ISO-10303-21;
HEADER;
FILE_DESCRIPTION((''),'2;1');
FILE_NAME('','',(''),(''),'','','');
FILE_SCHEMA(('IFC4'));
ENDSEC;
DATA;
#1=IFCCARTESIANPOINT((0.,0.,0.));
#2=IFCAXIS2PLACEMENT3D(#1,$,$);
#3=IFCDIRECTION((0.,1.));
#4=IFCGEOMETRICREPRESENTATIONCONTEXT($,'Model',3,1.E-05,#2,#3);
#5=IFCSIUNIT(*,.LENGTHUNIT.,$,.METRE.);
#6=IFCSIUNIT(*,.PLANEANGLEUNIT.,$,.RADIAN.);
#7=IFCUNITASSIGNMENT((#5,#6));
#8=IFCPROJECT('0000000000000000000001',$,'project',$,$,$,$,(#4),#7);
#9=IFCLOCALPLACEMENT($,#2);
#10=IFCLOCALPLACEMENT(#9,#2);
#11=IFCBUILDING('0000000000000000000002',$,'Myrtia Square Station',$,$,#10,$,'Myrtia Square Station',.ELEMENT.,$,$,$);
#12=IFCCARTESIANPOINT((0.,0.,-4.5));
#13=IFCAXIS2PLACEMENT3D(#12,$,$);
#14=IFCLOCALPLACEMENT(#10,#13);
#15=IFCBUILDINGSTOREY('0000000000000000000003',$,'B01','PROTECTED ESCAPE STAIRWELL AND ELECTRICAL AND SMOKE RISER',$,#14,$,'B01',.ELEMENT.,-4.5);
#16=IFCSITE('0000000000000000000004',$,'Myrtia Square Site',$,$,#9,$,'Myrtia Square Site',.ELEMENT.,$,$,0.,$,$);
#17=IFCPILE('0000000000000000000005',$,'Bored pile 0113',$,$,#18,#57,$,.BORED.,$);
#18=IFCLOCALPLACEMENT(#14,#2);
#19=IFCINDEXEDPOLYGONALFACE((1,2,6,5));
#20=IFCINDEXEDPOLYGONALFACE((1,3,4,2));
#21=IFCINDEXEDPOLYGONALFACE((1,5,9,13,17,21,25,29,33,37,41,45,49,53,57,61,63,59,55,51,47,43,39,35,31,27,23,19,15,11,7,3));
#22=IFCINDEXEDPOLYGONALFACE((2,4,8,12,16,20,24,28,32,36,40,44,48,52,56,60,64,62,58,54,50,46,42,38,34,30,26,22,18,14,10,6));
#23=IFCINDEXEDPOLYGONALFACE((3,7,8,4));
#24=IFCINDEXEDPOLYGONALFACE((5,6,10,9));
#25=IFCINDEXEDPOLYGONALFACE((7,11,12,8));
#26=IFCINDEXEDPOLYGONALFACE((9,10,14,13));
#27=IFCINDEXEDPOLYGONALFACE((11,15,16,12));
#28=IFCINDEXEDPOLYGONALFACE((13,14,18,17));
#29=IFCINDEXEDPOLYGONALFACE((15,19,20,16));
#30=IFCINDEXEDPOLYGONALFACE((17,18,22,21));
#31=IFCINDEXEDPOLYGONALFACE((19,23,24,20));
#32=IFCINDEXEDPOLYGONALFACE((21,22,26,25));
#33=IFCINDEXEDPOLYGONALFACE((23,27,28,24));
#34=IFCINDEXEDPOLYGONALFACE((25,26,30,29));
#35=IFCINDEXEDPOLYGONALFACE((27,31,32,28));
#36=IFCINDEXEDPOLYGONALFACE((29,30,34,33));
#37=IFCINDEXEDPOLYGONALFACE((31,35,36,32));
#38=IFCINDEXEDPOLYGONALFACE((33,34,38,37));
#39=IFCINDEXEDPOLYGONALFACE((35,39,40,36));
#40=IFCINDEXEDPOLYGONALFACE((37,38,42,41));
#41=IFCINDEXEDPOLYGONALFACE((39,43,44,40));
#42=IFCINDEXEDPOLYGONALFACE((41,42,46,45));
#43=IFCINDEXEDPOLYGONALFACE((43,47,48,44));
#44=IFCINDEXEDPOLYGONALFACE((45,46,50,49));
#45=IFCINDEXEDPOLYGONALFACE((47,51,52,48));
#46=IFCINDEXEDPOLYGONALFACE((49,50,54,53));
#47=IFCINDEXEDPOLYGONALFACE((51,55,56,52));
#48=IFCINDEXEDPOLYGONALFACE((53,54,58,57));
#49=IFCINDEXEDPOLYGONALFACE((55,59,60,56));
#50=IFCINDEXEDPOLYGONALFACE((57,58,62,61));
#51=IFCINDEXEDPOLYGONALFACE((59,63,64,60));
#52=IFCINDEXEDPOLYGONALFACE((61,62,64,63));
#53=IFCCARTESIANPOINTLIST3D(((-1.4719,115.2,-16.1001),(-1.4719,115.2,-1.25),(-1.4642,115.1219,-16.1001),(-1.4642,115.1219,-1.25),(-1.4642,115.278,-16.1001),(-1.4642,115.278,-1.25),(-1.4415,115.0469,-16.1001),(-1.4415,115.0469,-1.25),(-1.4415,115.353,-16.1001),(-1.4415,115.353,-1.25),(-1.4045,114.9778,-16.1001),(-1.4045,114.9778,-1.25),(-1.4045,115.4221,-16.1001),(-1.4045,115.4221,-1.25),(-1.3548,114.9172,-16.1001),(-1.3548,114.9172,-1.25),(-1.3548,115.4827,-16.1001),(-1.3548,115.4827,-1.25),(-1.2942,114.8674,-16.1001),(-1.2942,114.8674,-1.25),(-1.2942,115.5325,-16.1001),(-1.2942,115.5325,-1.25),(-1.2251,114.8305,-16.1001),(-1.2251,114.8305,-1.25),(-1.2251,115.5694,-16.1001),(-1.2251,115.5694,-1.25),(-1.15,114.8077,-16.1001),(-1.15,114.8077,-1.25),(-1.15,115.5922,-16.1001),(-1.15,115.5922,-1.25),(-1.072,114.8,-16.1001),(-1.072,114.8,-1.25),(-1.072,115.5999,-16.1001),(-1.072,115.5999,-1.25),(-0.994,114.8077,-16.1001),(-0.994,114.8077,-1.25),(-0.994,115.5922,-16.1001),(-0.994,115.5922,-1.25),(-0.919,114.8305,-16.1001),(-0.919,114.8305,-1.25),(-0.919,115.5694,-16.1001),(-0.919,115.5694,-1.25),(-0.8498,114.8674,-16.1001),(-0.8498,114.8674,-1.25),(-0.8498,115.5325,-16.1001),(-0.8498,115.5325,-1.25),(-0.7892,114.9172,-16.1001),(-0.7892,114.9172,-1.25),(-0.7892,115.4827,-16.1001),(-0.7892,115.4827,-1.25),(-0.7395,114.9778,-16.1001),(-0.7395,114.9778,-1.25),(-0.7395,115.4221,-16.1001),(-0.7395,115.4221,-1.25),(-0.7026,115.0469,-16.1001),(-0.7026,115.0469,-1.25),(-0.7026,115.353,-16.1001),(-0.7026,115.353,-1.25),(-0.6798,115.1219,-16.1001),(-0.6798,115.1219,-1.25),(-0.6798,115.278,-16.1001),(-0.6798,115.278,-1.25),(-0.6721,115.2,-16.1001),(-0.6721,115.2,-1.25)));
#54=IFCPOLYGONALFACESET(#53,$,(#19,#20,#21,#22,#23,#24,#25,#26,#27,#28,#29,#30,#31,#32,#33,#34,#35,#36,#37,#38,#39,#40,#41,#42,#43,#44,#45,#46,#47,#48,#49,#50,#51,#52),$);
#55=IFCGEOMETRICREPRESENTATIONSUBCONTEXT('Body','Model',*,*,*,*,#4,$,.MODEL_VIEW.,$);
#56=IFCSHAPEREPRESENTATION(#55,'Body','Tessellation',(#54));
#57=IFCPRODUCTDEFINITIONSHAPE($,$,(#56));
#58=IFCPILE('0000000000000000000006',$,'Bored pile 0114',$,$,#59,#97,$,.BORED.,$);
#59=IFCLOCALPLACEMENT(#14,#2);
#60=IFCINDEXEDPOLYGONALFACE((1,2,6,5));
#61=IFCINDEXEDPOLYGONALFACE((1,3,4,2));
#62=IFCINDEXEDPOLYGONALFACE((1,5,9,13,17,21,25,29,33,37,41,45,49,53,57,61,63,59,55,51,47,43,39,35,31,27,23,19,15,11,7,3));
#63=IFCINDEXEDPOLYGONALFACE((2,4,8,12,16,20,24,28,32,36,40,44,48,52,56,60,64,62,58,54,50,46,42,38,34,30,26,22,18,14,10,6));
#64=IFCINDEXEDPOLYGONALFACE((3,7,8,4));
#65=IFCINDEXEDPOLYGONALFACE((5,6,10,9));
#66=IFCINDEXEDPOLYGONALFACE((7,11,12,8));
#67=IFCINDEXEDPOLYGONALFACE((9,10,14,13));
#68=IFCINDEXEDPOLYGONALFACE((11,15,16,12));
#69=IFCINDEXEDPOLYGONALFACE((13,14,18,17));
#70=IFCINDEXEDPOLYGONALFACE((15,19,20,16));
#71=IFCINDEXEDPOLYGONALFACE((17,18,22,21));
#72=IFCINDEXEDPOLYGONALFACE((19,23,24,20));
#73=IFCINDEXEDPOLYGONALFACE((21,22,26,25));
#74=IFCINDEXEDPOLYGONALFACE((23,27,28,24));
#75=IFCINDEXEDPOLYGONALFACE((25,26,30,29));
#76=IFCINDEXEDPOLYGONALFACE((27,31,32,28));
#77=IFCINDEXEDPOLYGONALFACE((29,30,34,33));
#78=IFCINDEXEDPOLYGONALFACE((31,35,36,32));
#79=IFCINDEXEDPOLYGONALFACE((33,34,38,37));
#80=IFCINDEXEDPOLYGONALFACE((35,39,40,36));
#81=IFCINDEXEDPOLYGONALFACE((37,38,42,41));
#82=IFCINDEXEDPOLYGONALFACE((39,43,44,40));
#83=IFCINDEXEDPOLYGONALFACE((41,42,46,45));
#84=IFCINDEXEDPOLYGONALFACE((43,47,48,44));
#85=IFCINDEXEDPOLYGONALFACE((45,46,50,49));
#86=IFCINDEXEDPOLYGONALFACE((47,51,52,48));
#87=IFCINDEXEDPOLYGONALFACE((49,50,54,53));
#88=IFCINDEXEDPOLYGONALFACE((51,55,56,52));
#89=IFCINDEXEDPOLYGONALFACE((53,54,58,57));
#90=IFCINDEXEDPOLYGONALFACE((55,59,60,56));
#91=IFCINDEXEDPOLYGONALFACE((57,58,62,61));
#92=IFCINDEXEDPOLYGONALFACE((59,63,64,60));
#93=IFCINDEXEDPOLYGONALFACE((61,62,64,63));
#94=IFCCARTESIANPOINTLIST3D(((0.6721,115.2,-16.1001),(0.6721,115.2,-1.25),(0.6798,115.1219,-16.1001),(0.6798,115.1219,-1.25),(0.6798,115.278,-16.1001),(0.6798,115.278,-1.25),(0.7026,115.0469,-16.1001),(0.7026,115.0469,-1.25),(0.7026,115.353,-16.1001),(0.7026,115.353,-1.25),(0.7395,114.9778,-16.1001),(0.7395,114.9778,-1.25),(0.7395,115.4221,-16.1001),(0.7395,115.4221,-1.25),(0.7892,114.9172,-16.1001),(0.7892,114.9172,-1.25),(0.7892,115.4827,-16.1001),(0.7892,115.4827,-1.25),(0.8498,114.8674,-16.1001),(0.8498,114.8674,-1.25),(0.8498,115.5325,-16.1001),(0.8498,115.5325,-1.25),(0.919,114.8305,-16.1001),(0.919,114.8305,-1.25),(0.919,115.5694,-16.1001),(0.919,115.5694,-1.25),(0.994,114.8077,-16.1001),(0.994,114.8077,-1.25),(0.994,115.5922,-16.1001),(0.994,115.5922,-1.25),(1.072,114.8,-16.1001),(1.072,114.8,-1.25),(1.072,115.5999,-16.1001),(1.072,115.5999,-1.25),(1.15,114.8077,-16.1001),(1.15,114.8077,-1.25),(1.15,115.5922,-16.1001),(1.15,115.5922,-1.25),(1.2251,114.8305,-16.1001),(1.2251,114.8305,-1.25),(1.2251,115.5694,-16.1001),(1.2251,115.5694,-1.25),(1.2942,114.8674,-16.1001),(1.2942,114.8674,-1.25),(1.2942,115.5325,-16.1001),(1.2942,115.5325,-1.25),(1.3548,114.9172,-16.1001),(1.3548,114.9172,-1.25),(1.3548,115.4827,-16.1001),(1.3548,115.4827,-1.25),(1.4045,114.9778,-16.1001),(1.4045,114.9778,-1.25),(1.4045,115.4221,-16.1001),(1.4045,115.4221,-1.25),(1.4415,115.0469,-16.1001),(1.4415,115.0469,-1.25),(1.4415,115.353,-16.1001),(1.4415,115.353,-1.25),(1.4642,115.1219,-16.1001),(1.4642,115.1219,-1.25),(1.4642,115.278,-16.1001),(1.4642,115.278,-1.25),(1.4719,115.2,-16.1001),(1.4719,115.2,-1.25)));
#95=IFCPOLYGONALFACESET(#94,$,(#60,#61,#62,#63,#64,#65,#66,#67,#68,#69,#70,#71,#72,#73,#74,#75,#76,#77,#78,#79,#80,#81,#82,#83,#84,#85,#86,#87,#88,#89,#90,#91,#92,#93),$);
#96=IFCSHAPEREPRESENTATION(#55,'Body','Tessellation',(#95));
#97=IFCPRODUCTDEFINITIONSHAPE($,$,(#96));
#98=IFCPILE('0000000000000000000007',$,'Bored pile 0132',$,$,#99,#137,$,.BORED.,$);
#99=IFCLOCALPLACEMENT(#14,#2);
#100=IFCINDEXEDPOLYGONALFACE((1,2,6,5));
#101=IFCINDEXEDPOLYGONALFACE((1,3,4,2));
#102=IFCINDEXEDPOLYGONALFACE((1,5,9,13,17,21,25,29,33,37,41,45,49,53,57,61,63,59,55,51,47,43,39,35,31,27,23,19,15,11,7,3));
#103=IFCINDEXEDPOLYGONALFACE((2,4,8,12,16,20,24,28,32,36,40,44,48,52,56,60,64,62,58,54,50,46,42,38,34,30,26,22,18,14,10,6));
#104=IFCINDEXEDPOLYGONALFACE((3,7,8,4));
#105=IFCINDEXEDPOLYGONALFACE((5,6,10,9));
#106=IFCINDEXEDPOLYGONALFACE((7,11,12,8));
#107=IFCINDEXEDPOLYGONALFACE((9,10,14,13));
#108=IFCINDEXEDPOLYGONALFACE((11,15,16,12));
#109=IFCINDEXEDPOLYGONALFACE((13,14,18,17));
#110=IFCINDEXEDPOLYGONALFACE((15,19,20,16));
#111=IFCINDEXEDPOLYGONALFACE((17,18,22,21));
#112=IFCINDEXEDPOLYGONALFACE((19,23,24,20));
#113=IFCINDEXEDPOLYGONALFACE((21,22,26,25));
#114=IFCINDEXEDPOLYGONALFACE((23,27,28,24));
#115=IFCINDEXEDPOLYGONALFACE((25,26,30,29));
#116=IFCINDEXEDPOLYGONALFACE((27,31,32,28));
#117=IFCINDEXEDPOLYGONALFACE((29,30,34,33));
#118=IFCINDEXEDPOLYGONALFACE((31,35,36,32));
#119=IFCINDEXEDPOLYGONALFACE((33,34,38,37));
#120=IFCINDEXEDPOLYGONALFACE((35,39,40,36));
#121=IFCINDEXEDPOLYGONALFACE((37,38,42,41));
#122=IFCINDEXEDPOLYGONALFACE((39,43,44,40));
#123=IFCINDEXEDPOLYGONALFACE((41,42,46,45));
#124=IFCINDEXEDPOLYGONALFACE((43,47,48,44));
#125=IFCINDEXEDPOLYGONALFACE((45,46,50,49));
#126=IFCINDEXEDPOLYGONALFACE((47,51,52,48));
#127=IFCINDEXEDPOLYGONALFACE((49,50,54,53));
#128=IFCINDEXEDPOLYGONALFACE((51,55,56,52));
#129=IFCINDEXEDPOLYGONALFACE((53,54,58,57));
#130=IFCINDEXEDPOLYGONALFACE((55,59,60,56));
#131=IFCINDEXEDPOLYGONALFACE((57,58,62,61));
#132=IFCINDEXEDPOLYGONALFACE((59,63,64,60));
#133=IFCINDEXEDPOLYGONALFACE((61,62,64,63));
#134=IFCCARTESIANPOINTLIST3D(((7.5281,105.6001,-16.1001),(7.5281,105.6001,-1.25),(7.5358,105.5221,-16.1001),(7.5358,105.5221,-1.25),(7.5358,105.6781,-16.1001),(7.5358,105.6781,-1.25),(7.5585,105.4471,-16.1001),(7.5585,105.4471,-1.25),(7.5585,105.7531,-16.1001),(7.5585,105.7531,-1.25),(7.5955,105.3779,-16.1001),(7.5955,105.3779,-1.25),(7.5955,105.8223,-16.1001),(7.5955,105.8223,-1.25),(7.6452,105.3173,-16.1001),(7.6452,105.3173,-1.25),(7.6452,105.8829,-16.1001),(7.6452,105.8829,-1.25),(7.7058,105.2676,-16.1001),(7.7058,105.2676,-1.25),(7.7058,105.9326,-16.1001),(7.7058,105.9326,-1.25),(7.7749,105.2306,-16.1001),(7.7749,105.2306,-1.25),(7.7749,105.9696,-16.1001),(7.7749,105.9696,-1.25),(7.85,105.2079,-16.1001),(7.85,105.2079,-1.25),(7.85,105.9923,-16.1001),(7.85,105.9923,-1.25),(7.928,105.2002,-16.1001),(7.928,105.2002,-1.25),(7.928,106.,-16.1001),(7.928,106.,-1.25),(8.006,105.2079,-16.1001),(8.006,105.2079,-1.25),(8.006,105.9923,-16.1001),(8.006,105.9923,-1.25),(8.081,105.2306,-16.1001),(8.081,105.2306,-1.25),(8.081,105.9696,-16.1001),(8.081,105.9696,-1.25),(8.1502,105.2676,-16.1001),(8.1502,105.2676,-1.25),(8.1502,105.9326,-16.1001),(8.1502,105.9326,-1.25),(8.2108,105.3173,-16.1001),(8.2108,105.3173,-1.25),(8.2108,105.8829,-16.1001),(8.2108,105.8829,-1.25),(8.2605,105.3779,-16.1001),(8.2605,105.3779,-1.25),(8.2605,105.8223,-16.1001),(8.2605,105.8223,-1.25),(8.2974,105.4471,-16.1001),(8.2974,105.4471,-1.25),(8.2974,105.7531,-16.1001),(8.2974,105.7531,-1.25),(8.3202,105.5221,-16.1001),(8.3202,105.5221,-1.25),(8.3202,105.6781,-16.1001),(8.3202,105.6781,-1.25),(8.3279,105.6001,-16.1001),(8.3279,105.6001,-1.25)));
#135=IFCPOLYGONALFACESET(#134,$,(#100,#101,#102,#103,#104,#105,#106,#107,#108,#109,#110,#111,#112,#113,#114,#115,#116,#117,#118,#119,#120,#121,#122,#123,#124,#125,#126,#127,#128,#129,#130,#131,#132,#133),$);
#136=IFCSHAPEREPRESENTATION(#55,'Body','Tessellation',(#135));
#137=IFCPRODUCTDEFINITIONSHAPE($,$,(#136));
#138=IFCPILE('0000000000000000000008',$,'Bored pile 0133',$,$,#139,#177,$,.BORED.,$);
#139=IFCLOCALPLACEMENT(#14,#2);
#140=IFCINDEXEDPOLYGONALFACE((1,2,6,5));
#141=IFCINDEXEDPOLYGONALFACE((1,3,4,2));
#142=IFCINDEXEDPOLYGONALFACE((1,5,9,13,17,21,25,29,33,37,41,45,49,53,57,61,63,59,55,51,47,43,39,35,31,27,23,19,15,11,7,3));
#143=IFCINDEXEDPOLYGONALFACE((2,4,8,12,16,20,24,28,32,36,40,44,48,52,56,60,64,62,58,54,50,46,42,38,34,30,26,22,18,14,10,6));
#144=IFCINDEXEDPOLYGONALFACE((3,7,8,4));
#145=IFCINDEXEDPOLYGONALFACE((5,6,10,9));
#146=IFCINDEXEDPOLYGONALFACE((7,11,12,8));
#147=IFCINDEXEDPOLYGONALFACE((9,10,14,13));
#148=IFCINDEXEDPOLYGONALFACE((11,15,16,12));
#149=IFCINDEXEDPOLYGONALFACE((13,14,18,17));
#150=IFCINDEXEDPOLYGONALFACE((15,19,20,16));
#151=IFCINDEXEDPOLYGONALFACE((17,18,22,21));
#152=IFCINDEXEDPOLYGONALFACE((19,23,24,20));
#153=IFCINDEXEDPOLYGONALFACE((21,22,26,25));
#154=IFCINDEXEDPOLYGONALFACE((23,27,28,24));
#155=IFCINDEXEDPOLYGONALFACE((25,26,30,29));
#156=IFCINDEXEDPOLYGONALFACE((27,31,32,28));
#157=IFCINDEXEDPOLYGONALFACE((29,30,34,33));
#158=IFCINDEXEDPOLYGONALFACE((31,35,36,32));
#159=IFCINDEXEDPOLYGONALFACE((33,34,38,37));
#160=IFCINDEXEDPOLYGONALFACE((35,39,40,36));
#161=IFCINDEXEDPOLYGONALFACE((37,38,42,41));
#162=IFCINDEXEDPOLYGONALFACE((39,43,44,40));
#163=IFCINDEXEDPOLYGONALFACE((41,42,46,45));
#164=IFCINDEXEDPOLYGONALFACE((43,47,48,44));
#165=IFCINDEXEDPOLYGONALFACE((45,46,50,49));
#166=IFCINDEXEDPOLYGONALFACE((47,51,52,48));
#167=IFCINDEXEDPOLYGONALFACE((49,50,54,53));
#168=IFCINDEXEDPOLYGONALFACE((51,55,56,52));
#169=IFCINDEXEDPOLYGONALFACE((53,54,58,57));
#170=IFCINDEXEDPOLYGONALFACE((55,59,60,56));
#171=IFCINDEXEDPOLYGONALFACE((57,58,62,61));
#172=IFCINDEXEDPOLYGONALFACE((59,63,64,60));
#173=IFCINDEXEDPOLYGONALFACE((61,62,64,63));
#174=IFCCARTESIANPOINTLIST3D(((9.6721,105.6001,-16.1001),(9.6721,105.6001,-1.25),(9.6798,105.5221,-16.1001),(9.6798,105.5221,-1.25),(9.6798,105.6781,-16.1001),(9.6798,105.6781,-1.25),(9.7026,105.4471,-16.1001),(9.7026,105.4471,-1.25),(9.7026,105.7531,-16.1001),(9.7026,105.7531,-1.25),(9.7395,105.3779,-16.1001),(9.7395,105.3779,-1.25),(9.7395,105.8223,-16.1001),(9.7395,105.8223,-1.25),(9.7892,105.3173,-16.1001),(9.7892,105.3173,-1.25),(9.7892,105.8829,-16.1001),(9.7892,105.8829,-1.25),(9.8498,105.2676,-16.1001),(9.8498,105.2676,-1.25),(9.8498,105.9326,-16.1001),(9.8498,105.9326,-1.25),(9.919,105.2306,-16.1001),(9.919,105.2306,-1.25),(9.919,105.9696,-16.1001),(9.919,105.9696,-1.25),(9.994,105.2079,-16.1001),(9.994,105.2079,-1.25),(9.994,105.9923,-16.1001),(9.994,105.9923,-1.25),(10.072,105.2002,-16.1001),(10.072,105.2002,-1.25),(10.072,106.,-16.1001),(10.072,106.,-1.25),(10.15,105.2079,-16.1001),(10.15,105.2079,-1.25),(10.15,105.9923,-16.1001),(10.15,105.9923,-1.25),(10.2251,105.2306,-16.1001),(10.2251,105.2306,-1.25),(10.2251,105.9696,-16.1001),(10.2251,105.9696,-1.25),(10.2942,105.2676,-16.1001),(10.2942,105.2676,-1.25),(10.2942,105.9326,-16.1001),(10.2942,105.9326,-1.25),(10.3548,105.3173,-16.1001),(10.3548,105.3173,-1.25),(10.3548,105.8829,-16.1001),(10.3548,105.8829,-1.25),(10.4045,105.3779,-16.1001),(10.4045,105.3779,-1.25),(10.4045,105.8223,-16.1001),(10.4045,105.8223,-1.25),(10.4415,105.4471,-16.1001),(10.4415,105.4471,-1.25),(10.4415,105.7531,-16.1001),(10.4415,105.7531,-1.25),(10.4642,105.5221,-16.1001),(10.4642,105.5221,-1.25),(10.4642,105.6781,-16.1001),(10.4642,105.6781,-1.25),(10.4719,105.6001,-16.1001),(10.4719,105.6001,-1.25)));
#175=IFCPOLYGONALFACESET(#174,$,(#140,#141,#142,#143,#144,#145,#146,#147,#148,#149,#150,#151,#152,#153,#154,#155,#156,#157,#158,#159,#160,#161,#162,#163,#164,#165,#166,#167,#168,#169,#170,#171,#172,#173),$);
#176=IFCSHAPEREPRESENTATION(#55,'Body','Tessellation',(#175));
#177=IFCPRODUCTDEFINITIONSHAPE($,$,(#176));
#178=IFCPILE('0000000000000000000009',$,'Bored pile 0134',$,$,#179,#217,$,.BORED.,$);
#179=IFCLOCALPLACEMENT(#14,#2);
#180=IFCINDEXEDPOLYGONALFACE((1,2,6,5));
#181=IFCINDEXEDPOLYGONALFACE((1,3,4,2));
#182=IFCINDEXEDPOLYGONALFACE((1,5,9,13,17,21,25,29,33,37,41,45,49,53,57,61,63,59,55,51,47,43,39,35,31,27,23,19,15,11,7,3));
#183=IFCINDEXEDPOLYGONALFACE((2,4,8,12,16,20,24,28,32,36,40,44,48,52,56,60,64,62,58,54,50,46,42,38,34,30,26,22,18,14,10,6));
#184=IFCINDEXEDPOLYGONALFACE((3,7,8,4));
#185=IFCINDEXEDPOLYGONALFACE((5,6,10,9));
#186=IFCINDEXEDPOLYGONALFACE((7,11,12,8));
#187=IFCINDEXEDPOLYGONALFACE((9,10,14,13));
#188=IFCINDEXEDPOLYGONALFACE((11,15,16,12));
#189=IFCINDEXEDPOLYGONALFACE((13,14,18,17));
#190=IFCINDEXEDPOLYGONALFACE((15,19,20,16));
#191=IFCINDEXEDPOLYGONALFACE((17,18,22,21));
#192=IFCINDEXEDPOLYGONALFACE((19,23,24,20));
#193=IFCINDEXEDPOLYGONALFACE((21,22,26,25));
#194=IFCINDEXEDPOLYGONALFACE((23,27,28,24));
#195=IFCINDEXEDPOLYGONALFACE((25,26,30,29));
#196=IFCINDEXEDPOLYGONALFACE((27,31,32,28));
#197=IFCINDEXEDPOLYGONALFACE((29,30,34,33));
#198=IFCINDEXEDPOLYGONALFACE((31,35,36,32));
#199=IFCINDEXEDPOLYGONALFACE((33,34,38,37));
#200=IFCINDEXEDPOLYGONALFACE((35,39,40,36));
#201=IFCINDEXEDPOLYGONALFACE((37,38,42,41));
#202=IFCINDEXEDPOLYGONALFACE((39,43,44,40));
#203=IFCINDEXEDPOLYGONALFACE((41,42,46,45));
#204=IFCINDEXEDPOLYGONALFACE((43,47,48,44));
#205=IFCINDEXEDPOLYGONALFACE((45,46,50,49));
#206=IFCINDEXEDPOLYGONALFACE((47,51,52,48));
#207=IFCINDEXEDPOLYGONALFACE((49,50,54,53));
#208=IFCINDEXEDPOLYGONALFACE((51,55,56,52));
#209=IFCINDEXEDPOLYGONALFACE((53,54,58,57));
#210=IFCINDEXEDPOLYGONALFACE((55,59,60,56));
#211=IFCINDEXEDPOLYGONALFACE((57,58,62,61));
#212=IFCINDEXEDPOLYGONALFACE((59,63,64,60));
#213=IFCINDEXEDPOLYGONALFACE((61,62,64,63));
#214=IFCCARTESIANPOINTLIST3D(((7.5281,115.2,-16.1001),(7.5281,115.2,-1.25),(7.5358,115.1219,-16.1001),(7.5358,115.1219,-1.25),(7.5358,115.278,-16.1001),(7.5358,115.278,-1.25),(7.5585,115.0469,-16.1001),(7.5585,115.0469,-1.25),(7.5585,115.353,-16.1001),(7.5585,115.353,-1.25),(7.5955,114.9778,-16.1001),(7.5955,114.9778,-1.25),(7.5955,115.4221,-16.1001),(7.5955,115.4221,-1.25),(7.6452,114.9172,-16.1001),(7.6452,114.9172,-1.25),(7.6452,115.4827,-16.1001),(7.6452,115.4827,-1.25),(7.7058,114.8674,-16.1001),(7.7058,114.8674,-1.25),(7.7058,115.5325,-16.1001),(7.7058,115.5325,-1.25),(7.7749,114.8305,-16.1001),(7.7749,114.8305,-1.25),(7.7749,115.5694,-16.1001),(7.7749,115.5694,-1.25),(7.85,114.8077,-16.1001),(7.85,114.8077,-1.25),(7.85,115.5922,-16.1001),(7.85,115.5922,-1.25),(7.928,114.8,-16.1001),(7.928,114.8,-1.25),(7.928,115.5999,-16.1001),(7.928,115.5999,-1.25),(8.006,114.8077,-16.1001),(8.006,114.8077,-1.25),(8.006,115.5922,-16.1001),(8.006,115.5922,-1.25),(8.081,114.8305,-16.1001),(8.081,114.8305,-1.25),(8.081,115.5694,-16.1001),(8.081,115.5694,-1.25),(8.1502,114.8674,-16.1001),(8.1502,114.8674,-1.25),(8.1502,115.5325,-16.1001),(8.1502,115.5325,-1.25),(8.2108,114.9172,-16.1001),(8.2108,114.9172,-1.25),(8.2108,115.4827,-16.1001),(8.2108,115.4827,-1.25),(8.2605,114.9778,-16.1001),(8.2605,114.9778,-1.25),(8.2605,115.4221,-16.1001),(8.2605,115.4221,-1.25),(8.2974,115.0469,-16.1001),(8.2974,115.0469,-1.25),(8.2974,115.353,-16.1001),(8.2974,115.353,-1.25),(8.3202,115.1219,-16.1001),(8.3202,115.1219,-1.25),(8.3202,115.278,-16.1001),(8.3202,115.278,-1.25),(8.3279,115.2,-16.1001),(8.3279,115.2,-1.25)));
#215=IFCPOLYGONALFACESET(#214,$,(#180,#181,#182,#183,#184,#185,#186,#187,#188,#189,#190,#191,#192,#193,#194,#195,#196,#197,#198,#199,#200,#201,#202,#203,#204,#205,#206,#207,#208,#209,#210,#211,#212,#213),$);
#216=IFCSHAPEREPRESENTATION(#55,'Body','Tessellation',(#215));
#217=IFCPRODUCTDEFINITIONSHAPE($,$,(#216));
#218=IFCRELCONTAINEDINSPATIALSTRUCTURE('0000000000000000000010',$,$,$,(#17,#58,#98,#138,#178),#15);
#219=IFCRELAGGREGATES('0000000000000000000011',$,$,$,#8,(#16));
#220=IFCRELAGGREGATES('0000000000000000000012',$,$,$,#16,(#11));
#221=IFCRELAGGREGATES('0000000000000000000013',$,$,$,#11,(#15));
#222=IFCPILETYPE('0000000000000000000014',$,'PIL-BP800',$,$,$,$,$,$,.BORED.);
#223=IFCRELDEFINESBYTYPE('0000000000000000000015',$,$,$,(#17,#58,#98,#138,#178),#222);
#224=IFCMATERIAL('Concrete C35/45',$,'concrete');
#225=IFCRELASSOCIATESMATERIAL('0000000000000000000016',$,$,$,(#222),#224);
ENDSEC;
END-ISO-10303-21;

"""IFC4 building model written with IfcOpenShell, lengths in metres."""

from ifc_helpers import new_model, si_unit, direction, frame, origin, origin_2d, place, context, subcontext, project, spatial, circle, extrude, material, material_profile, profile_set, type_object, element, save


model = new_model("IFC4")

# Units and contexts
model_context = context("Model", 3, precision=1e-05, world=origin(), true_north=direction((0.0, 1.0)))
body_context = subcontext(model_context, "Body", "Model", "MODEL_VIEW")
ifc_project = project(units=[si_unit("LENGTHUNIT", "METRE"), si_unit("PLANEANGLEUNIT", "RADIAN")], contexts=[model_context])

# Site, building, storey
site_placement = place(None, origin())
site = spatial("IfcSite", under=ifc_project, at=site_placement, Name="Myrtia Square Site", LongName="Myrtia Square Site", CompositionType="ELEMENT", RefElevation=0.0)
building_placement = place(site_placement, origin())
building = spatial("IfcBuilding", under=site, at=building_placement, Name="Myrtia Square Station", LongName="Myrtia Square Station", CompositionType="ELEMENT")
storey_placement = place(building_placement, frame((0.0, 0.0, -4.5)))
storey = spatial("IfcBuildingStorey", under=building, at=storey_placement, Name="B01", Description="PROTECTED ESCAPE STAIRWELL AND ELECTRICAL AND SMOKE RISER", LongName="B01", CompositionType="ELEMENT", Elevation=-4.5)

# Shared definitions
ifc_material_1 = material(Name="Concrete C35/45", Category="concrete")

# Piles
ifc_material_profile_1 = material_profile(ifc_material_1, circle(Radius=0.3999, at=origin_2d()), Name="BP D800")
ifc_profile_set_1 = profile_set([ifc_material_profile_1], Name="Concrete C35/45")
pile_type = type_object("IfcPileType", Name="PIL-BP800", PredefinedType="BORED", material=ifc_profile_set_1)
for number, where, z_axis, x_axis, name in (
    (1, (-1.072, 115.2, -1.25), (0.0, 0.0, -1.0), (1.0, 0.0, 0.0), "Bored pile 0113"),
    (2, (1.072, 115.2, -1.25), (0.0, 0.0, -1.0), (1.0, 0.0, 0.0), "Bored pile 0114"),
    (3, (7.928, 105.6001, -1.25), (0.0, 0.0, -1.0), (1.0, 0.0, 0.0), "Bored pile 0132"),
    (4, (10.072, 105.6001, -1.25), (0.0, 0.0, -1.0), (1.0, 0.0, 0.0), "Bored pile 0133"),
    (5, (7.928, 115.2, -1.25), (0.0, 0.0, -1.0), (1.0, 0.0, 0.0), "Bored pile 0134"),
):
    element("IfcPile", number, at=place(storey_placement, frame(where, z_axis=z_axis, x_axis=x_axis)), inside=storey, type_object=pile_type, Name=name, PredefinedType="BORED", context=body_context, shape_type="SweptSolid", body=[
        extrude(circle(Radius=0.3999, at=origin_2d()), origin(), (0.0, 0.0, 1.0), 14.8501),
    ])

save(model, "model.ifc")
